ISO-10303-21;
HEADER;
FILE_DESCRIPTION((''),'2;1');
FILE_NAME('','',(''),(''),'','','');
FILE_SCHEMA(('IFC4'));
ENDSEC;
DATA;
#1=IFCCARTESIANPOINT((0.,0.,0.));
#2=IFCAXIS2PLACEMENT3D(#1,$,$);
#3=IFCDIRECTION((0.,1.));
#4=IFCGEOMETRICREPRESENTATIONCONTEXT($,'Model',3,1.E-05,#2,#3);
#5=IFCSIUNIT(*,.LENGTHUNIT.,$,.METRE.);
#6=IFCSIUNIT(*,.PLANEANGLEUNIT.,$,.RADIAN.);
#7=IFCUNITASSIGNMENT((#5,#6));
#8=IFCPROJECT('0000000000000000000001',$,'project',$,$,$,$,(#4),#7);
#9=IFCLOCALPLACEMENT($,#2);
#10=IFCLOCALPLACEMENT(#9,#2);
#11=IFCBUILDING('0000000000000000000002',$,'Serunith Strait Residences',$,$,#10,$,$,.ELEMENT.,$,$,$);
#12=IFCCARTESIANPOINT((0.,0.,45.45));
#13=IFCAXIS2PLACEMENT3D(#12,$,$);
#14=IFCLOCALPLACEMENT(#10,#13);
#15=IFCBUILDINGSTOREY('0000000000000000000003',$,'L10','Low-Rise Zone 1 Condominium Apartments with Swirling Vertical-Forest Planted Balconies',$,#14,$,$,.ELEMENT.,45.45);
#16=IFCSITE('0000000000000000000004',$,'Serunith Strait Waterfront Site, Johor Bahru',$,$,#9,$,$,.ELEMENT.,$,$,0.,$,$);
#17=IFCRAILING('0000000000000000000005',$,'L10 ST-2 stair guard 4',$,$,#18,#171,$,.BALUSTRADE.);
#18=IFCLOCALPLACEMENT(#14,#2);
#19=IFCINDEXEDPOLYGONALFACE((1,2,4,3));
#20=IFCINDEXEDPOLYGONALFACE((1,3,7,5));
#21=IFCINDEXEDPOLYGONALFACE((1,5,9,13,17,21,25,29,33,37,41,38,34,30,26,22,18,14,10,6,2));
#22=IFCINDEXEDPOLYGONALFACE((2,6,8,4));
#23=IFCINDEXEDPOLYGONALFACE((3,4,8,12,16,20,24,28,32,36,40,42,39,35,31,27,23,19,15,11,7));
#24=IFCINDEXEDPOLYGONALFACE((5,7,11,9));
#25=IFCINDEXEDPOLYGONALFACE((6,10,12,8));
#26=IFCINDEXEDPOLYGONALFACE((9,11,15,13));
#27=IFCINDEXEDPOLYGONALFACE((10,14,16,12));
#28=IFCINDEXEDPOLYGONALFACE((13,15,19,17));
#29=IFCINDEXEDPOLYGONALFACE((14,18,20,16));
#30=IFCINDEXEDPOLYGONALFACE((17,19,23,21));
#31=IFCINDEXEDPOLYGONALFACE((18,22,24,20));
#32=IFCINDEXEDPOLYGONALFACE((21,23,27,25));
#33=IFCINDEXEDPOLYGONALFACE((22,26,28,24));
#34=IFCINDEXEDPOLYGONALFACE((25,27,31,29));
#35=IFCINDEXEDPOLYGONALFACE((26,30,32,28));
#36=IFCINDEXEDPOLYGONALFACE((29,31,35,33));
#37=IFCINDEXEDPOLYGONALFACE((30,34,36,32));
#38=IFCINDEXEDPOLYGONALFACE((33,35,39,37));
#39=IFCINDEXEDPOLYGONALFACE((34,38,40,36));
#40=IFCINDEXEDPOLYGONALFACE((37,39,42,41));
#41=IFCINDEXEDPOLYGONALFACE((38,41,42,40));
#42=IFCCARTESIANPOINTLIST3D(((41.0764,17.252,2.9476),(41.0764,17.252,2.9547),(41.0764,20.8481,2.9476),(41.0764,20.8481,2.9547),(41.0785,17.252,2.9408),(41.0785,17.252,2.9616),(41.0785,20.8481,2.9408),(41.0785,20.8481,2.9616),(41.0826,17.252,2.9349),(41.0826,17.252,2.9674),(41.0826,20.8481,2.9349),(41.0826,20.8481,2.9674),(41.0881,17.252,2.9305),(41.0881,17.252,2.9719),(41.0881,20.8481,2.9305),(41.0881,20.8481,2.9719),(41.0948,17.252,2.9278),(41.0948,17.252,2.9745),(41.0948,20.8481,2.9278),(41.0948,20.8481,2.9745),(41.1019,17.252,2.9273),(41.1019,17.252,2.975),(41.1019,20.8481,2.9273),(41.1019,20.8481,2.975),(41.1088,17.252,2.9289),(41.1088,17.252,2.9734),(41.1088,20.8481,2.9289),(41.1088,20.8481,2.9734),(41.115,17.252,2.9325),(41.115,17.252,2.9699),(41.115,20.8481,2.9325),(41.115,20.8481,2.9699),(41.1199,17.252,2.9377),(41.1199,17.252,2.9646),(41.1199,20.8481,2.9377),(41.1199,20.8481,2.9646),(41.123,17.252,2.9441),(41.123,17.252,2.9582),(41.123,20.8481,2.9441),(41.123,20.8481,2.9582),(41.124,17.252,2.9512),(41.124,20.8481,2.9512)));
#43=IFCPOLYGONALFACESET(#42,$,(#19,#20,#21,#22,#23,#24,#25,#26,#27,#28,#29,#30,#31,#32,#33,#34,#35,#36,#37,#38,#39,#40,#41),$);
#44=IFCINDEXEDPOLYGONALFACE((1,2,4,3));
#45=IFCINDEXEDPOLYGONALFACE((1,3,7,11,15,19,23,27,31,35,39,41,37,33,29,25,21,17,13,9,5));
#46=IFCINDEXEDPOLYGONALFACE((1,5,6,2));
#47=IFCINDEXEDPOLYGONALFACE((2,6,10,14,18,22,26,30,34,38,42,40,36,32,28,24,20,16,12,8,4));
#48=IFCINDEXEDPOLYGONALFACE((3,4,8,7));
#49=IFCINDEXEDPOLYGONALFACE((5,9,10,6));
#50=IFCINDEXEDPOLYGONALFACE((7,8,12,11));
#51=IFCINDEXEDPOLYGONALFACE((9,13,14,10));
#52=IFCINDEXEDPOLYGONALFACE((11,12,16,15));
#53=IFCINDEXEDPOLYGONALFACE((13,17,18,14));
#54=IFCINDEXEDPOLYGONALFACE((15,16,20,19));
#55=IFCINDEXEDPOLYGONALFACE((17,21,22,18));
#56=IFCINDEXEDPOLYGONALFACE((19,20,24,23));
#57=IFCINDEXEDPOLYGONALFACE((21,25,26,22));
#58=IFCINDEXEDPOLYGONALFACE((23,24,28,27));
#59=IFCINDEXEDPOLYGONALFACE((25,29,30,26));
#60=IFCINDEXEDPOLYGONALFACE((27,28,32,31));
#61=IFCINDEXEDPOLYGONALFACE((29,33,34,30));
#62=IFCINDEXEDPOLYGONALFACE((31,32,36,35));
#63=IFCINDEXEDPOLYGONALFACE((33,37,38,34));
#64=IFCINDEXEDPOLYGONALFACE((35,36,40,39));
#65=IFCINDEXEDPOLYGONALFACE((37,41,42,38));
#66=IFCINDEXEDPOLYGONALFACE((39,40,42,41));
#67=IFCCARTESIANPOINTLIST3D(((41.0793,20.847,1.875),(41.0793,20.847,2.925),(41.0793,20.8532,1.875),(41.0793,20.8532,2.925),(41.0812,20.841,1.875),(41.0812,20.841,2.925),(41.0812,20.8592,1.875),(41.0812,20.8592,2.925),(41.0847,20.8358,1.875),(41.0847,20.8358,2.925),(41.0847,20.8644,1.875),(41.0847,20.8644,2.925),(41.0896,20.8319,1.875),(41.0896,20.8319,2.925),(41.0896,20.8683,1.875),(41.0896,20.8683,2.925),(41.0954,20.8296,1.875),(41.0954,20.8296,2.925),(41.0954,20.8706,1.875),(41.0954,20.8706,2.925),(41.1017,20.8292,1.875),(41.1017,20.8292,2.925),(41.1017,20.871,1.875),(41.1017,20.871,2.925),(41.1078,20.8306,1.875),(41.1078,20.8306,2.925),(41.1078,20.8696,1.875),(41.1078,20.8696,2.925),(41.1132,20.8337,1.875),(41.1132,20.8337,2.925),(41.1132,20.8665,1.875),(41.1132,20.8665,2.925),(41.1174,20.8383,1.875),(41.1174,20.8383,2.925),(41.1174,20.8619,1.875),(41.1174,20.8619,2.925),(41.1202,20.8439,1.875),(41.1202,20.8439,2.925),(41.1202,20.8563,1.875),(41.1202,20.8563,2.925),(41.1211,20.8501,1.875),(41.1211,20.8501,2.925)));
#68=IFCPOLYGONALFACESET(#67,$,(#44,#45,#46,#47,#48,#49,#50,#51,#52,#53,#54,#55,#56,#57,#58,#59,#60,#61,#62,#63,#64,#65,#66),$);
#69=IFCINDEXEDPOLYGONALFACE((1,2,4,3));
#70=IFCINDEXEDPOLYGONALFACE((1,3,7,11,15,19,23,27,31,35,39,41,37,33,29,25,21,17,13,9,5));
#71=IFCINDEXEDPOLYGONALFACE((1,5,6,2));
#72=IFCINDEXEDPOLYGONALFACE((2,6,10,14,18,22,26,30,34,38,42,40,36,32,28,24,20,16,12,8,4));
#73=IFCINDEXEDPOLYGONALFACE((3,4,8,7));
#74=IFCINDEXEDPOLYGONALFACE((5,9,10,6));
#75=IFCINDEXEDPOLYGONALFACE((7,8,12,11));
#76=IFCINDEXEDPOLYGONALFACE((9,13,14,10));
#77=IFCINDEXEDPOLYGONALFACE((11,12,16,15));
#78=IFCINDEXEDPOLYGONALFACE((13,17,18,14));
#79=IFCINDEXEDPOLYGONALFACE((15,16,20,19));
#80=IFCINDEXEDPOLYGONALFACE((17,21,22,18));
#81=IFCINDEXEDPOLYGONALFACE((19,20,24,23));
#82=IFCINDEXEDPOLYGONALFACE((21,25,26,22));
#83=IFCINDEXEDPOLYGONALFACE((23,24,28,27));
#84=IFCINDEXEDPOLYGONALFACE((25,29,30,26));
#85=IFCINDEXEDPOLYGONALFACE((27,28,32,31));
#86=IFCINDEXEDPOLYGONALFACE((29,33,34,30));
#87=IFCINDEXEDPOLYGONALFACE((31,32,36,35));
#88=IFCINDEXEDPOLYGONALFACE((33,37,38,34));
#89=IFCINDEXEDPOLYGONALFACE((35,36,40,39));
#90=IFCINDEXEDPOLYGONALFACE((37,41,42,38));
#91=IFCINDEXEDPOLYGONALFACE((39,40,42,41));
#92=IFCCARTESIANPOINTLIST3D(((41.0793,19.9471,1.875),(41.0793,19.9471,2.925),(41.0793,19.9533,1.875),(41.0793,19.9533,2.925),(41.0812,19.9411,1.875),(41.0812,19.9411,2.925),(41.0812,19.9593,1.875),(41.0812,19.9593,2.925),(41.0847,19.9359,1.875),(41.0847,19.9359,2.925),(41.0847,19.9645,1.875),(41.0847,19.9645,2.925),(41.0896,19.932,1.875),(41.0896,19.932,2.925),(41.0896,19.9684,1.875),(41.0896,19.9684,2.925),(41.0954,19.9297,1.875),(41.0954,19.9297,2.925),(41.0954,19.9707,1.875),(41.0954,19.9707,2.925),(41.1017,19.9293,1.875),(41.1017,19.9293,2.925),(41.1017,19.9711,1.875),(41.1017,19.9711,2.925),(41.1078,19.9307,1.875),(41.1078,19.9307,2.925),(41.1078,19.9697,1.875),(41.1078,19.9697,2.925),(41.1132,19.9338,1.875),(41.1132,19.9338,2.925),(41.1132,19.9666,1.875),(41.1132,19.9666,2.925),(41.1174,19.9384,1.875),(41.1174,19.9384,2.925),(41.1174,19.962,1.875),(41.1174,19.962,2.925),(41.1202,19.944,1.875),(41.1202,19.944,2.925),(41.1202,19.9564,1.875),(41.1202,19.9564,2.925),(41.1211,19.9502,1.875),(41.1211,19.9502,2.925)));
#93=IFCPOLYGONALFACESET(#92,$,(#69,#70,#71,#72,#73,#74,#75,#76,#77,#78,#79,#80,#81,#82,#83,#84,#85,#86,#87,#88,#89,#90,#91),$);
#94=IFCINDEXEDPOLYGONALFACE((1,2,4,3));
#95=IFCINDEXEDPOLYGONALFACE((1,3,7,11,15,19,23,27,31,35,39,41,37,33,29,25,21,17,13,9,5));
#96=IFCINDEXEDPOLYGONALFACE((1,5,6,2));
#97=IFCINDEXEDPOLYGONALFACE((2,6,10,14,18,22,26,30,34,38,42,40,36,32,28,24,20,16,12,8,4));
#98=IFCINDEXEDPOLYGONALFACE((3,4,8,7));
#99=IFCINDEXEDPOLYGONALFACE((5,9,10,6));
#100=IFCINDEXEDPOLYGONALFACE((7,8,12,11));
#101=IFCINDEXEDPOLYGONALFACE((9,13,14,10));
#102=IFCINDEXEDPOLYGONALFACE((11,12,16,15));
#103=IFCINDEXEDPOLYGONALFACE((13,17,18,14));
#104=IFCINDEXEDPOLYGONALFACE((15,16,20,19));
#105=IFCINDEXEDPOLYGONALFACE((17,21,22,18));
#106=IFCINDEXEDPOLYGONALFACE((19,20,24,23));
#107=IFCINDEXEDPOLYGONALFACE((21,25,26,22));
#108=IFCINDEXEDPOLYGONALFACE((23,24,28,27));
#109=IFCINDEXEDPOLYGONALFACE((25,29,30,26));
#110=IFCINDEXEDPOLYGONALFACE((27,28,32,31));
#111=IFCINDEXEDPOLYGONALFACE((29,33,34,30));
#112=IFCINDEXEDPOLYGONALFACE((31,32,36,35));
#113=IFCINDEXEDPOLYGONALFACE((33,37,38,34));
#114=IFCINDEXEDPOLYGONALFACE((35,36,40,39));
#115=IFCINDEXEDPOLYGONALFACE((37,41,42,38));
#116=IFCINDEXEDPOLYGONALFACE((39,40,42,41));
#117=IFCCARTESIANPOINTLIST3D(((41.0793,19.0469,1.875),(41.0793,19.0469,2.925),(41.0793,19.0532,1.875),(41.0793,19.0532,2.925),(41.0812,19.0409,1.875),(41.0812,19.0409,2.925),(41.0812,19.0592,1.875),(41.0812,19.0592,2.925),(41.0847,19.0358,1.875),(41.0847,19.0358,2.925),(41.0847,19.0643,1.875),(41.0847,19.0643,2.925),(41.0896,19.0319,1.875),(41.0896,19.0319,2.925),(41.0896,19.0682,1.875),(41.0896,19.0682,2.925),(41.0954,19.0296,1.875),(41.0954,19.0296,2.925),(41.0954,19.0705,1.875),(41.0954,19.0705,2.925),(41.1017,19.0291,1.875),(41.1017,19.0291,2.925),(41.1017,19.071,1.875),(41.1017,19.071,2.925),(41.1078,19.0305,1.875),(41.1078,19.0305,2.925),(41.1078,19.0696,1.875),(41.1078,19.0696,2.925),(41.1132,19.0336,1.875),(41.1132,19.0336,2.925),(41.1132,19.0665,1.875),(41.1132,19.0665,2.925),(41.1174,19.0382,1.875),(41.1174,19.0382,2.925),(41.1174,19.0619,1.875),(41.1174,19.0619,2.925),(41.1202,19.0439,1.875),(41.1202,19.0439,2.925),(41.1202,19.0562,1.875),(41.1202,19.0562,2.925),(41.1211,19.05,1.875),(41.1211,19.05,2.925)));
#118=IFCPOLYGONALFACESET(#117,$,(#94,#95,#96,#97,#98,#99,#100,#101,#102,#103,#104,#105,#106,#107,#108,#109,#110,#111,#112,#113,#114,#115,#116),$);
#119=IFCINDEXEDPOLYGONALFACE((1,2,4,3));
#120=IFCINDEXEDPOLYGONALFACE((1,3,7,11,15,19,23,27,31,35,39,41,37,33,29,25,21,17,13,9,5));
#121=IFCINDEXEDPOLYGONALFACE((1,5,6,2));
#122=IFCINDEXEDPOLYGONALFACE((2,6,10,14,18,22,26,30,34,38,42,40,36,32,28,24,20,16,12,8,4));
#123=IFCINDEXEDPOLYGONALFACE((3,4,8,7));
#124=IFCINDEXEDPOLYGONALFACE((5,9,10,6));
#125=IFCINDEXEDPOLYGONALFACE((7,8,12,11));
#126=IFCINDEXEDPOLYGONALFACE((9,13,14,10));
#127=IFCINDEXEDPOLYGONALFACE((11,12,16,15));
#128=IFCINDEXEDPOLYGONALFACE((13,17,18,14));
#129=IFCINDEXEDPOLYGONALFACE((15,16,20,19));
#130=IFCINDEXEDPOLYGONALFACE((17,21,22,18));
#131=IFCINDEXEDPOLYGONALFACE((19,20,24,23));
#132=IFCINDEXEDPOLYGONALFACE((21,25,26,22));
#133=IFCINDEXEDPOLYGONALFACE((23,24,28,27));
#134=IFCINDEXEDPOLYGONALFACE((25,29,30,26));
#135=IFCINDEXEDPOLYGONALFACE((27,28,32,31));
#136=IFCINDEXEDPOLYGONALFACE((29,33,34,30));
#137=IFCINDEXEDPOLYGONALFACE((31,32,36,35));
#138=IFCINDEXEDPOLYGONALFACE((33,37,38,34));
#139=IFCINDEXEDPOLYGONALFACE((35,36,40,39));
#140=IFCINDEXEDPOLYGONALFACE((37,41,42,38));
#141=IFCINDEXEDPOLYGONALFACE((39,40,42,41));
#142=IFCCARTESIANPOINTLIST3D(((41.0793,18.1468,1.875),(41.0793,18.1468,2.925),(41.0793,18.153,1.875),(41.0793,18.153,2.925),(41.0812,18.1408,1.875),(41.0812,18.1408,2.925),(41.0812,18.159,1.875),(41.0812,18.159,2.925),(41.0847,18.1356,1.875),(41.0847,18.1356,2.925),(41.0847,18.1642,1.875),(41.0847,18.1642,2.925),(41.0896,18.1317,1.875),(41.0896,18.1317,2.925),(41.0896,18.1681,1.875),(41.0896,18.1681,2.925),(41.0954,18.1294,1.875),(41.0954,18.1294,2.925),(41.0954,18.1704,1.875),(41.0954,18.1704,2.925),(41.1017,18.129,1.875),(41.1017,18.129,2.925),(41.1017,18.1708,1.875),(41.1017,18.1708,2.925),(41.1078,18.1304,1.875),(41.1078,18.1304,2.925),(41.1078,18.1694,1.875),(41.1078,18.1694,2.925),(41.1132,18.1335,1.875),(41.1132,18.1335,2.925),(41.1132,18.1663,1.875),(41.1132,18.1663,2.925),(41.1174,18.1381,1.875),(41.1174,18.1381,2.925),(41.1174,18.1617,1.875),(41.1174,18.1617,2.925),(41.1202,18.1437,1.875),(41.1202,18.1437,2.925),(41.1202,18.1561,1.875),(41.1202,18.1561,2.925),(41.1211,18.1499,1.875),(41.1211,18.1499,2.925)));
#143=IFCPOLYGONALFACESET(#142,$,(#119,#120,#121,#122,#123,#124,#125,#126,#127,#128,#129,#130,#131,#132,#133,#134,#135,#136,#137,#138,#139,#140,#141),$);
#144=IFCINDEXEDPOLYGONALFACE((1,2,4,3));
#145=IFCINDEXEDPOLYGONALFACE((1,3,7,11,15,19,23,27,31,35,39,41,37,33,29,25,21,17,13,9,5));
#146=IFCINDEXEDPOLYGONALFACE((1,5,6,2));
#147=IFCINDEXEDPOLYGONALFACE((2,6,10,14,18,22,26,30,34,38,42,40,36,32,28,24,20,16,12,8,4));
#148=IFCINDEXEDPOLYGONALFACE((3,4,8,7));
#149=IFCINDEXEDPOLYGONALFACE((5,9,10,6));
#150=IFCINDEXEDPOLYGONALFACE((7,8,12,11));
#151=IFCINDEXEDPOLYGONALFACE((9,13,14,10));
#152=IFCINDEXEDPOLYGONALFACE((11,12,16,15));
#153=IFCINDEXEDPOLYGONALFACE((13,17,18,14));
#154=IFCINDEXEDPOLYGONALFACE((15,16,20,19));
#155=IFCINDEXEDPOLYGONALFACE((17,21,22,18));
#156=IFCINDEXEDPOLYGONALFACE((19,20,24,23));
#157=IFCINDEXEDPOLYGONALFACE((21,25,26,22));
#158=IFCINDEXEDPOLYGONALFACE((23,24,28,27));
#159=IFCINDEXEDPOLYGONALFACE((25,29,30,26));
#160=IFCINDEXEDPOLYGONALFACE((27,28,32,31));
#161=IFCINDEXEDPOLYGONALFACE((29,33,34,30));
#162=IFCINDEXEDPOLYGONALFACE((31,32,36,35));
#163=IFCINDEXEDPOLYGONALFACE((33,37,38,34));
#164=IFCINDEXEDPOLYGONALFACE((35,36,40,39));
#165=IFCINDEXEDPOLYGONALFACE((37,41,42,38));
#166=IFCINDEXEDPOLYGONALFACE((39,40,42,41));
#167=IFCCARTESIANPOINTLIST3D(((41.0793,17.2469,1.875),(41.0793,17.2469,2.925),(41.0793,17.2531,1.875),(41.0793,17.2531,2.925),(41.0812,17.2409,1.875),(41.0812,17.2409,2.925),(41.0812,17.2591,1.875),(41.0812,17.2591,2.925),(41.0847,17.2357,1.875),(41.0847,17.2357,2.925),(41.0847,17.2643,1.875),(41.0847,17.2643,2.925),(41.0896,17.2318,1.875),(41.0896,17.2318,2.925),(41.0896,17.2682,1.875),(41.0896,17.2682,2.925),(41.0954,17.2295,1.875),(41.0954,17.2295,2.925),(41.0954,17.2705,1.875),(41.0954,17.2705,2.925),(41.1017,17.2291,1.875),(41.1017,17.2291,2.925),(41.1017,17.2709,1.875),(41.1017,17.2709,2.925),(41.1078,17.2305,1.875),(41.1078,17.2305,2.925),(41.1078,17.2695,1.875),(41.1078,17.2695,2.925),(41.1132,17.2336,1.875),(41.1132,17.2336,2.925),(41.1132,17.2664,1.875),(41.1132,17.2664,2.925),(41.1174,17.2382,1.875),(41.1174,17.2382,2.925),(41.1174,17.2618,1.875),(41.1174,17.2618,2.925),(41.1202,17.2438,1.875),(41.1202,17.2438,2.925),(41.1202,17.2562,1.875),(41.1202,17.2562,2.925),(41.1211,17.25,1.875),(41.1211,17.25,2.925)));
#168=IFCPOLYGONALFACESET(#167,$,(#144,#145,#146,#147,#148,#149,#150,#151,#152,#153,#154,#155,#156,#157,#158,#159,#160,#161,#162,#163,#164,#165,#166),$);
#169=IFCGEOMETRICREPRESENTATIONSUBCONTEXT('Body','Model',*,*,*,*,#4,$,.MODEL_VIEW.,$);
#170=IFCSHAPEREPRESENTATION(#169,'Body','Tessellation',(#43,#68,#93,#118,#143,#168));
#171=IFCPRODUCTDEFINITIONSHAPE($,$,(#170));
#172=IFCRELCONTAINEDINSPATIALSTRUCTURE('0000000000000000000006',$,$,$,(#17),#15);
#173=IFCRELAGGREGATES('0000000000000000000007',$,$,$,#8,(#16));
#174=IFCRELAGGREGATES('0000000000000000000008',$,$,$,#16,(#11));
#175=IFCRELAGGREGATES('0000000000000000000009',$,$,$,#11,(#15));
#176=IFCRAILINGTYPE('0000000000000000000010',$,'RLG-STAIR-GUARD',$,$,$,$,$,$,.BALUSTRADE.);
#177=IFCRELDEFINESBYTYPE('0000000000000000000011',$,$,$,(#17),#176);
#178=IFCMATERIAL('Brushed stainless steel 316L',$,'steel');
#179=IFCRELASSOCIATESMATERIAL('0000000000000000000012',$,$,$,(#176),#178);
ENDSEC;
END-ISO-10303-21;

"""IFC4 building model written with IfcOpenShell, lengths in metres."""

from ifc_helpers import new_model, si_unit, direction, frame, origin, origin_2d, place, context, subcontext, project, spatial, circle, extrude, material, type_object, element, save


model = new_model("IFC4")

# Units and contexts
model_context = context("Model", 3, precision=1e-05, world=origin(), true_north=direction((0.0, 1.0)))
body_context = subcontext(model_context, "Body", "Model", "MODEL_VIEW")
ifc_project = project(units=[si_unit("LENGTHUNIT", "METRE"), si_unit("PLANEANGLEUNIT", "RADIAN")], contexts=[model_context])

# Site, building, storey
site_placement = place(None, origin())
site = spatial("IfcSite", under=ifc_project, at=site_placement, Name="Serunith Strait Waterfront Site, Johor Bahru", CompositionType="ELEMENT", RefElevation=0.0)
building_placement = place(site_placement, origin())
building = spatial("IfcBuilding", under=site, at=building_placement, Name="Serunith Strait Residences", CompositionType="ELEMENT")
storey_placement = place(building_placement, frame((0.0, 0.0, 45.45)))
storey = spatial("IfcBuildingStorey", under=building, at=storey_placement, Name="L10", Description="Low-Rise Zone 1 Condominium Apartments with Swirling Vertical-Forest Planted Balconies", CompositionType="ELEMENT", Elevation=45.45)

# Railing
ifc_material_1 = material(Name="Brushed stainless steel 316L", Category="steel")
railing_type_1 = type_object("IfcRailingType", Name="RLG-STAIR-GUARD", PredefinedType="BALUSTRADE", material=ifc_material_1)
for number, where, name in (
    (1, (41.1001, 20.8501, 1.875), "L10 ST-2 stair guard 4"),
):
    element("IfcRailing", number, at=place(storey_placement, frame(where)), inside=storey, type_object=railing_type_1, Name=name, PredefinedType="BALUSTRADE", context=body_context, shape_type="SweptSolid", body=[
        extrude(circle(Radius=0.0239, at=origin_2d()), frame((0.0, -0.002, 1.0762), z_axis=(0.0, -1.0, 0.0), x_axis=(1.0, 0.0, 0.0)), (0.0, 0.0, 1.0), 3.5962),
        extrude(circle(Radius=0.021, at=origin_2d()), origin(), (0.0, 0.0, 1.0), 1.05),
        extrude(circle(Radius=0.021, at=origin_2d()), frame((0.0, -0.8999, 0.0)), (0.0, 0.0, 1.0), 1.05),
        extrude(circle(Radius=0.021, at=origin_2d()), frame((0.0, -1.8, 0.0)), (0.0, 0.0, 1.0), 1.05),
        extrude(circle(Radius=0.021, at=origin_2d()), frame((0.0, -2.7002, 0.0)), (0.0, 0.0, 1.0), 1.05),
        extrude(circle(Radius=0.021, at=origin_2d()), frame((0.0, -3.6001, 0.0)), (0.0, 0.0, 1.0), 1.05),
    ])

save(model, "model.ifc")
